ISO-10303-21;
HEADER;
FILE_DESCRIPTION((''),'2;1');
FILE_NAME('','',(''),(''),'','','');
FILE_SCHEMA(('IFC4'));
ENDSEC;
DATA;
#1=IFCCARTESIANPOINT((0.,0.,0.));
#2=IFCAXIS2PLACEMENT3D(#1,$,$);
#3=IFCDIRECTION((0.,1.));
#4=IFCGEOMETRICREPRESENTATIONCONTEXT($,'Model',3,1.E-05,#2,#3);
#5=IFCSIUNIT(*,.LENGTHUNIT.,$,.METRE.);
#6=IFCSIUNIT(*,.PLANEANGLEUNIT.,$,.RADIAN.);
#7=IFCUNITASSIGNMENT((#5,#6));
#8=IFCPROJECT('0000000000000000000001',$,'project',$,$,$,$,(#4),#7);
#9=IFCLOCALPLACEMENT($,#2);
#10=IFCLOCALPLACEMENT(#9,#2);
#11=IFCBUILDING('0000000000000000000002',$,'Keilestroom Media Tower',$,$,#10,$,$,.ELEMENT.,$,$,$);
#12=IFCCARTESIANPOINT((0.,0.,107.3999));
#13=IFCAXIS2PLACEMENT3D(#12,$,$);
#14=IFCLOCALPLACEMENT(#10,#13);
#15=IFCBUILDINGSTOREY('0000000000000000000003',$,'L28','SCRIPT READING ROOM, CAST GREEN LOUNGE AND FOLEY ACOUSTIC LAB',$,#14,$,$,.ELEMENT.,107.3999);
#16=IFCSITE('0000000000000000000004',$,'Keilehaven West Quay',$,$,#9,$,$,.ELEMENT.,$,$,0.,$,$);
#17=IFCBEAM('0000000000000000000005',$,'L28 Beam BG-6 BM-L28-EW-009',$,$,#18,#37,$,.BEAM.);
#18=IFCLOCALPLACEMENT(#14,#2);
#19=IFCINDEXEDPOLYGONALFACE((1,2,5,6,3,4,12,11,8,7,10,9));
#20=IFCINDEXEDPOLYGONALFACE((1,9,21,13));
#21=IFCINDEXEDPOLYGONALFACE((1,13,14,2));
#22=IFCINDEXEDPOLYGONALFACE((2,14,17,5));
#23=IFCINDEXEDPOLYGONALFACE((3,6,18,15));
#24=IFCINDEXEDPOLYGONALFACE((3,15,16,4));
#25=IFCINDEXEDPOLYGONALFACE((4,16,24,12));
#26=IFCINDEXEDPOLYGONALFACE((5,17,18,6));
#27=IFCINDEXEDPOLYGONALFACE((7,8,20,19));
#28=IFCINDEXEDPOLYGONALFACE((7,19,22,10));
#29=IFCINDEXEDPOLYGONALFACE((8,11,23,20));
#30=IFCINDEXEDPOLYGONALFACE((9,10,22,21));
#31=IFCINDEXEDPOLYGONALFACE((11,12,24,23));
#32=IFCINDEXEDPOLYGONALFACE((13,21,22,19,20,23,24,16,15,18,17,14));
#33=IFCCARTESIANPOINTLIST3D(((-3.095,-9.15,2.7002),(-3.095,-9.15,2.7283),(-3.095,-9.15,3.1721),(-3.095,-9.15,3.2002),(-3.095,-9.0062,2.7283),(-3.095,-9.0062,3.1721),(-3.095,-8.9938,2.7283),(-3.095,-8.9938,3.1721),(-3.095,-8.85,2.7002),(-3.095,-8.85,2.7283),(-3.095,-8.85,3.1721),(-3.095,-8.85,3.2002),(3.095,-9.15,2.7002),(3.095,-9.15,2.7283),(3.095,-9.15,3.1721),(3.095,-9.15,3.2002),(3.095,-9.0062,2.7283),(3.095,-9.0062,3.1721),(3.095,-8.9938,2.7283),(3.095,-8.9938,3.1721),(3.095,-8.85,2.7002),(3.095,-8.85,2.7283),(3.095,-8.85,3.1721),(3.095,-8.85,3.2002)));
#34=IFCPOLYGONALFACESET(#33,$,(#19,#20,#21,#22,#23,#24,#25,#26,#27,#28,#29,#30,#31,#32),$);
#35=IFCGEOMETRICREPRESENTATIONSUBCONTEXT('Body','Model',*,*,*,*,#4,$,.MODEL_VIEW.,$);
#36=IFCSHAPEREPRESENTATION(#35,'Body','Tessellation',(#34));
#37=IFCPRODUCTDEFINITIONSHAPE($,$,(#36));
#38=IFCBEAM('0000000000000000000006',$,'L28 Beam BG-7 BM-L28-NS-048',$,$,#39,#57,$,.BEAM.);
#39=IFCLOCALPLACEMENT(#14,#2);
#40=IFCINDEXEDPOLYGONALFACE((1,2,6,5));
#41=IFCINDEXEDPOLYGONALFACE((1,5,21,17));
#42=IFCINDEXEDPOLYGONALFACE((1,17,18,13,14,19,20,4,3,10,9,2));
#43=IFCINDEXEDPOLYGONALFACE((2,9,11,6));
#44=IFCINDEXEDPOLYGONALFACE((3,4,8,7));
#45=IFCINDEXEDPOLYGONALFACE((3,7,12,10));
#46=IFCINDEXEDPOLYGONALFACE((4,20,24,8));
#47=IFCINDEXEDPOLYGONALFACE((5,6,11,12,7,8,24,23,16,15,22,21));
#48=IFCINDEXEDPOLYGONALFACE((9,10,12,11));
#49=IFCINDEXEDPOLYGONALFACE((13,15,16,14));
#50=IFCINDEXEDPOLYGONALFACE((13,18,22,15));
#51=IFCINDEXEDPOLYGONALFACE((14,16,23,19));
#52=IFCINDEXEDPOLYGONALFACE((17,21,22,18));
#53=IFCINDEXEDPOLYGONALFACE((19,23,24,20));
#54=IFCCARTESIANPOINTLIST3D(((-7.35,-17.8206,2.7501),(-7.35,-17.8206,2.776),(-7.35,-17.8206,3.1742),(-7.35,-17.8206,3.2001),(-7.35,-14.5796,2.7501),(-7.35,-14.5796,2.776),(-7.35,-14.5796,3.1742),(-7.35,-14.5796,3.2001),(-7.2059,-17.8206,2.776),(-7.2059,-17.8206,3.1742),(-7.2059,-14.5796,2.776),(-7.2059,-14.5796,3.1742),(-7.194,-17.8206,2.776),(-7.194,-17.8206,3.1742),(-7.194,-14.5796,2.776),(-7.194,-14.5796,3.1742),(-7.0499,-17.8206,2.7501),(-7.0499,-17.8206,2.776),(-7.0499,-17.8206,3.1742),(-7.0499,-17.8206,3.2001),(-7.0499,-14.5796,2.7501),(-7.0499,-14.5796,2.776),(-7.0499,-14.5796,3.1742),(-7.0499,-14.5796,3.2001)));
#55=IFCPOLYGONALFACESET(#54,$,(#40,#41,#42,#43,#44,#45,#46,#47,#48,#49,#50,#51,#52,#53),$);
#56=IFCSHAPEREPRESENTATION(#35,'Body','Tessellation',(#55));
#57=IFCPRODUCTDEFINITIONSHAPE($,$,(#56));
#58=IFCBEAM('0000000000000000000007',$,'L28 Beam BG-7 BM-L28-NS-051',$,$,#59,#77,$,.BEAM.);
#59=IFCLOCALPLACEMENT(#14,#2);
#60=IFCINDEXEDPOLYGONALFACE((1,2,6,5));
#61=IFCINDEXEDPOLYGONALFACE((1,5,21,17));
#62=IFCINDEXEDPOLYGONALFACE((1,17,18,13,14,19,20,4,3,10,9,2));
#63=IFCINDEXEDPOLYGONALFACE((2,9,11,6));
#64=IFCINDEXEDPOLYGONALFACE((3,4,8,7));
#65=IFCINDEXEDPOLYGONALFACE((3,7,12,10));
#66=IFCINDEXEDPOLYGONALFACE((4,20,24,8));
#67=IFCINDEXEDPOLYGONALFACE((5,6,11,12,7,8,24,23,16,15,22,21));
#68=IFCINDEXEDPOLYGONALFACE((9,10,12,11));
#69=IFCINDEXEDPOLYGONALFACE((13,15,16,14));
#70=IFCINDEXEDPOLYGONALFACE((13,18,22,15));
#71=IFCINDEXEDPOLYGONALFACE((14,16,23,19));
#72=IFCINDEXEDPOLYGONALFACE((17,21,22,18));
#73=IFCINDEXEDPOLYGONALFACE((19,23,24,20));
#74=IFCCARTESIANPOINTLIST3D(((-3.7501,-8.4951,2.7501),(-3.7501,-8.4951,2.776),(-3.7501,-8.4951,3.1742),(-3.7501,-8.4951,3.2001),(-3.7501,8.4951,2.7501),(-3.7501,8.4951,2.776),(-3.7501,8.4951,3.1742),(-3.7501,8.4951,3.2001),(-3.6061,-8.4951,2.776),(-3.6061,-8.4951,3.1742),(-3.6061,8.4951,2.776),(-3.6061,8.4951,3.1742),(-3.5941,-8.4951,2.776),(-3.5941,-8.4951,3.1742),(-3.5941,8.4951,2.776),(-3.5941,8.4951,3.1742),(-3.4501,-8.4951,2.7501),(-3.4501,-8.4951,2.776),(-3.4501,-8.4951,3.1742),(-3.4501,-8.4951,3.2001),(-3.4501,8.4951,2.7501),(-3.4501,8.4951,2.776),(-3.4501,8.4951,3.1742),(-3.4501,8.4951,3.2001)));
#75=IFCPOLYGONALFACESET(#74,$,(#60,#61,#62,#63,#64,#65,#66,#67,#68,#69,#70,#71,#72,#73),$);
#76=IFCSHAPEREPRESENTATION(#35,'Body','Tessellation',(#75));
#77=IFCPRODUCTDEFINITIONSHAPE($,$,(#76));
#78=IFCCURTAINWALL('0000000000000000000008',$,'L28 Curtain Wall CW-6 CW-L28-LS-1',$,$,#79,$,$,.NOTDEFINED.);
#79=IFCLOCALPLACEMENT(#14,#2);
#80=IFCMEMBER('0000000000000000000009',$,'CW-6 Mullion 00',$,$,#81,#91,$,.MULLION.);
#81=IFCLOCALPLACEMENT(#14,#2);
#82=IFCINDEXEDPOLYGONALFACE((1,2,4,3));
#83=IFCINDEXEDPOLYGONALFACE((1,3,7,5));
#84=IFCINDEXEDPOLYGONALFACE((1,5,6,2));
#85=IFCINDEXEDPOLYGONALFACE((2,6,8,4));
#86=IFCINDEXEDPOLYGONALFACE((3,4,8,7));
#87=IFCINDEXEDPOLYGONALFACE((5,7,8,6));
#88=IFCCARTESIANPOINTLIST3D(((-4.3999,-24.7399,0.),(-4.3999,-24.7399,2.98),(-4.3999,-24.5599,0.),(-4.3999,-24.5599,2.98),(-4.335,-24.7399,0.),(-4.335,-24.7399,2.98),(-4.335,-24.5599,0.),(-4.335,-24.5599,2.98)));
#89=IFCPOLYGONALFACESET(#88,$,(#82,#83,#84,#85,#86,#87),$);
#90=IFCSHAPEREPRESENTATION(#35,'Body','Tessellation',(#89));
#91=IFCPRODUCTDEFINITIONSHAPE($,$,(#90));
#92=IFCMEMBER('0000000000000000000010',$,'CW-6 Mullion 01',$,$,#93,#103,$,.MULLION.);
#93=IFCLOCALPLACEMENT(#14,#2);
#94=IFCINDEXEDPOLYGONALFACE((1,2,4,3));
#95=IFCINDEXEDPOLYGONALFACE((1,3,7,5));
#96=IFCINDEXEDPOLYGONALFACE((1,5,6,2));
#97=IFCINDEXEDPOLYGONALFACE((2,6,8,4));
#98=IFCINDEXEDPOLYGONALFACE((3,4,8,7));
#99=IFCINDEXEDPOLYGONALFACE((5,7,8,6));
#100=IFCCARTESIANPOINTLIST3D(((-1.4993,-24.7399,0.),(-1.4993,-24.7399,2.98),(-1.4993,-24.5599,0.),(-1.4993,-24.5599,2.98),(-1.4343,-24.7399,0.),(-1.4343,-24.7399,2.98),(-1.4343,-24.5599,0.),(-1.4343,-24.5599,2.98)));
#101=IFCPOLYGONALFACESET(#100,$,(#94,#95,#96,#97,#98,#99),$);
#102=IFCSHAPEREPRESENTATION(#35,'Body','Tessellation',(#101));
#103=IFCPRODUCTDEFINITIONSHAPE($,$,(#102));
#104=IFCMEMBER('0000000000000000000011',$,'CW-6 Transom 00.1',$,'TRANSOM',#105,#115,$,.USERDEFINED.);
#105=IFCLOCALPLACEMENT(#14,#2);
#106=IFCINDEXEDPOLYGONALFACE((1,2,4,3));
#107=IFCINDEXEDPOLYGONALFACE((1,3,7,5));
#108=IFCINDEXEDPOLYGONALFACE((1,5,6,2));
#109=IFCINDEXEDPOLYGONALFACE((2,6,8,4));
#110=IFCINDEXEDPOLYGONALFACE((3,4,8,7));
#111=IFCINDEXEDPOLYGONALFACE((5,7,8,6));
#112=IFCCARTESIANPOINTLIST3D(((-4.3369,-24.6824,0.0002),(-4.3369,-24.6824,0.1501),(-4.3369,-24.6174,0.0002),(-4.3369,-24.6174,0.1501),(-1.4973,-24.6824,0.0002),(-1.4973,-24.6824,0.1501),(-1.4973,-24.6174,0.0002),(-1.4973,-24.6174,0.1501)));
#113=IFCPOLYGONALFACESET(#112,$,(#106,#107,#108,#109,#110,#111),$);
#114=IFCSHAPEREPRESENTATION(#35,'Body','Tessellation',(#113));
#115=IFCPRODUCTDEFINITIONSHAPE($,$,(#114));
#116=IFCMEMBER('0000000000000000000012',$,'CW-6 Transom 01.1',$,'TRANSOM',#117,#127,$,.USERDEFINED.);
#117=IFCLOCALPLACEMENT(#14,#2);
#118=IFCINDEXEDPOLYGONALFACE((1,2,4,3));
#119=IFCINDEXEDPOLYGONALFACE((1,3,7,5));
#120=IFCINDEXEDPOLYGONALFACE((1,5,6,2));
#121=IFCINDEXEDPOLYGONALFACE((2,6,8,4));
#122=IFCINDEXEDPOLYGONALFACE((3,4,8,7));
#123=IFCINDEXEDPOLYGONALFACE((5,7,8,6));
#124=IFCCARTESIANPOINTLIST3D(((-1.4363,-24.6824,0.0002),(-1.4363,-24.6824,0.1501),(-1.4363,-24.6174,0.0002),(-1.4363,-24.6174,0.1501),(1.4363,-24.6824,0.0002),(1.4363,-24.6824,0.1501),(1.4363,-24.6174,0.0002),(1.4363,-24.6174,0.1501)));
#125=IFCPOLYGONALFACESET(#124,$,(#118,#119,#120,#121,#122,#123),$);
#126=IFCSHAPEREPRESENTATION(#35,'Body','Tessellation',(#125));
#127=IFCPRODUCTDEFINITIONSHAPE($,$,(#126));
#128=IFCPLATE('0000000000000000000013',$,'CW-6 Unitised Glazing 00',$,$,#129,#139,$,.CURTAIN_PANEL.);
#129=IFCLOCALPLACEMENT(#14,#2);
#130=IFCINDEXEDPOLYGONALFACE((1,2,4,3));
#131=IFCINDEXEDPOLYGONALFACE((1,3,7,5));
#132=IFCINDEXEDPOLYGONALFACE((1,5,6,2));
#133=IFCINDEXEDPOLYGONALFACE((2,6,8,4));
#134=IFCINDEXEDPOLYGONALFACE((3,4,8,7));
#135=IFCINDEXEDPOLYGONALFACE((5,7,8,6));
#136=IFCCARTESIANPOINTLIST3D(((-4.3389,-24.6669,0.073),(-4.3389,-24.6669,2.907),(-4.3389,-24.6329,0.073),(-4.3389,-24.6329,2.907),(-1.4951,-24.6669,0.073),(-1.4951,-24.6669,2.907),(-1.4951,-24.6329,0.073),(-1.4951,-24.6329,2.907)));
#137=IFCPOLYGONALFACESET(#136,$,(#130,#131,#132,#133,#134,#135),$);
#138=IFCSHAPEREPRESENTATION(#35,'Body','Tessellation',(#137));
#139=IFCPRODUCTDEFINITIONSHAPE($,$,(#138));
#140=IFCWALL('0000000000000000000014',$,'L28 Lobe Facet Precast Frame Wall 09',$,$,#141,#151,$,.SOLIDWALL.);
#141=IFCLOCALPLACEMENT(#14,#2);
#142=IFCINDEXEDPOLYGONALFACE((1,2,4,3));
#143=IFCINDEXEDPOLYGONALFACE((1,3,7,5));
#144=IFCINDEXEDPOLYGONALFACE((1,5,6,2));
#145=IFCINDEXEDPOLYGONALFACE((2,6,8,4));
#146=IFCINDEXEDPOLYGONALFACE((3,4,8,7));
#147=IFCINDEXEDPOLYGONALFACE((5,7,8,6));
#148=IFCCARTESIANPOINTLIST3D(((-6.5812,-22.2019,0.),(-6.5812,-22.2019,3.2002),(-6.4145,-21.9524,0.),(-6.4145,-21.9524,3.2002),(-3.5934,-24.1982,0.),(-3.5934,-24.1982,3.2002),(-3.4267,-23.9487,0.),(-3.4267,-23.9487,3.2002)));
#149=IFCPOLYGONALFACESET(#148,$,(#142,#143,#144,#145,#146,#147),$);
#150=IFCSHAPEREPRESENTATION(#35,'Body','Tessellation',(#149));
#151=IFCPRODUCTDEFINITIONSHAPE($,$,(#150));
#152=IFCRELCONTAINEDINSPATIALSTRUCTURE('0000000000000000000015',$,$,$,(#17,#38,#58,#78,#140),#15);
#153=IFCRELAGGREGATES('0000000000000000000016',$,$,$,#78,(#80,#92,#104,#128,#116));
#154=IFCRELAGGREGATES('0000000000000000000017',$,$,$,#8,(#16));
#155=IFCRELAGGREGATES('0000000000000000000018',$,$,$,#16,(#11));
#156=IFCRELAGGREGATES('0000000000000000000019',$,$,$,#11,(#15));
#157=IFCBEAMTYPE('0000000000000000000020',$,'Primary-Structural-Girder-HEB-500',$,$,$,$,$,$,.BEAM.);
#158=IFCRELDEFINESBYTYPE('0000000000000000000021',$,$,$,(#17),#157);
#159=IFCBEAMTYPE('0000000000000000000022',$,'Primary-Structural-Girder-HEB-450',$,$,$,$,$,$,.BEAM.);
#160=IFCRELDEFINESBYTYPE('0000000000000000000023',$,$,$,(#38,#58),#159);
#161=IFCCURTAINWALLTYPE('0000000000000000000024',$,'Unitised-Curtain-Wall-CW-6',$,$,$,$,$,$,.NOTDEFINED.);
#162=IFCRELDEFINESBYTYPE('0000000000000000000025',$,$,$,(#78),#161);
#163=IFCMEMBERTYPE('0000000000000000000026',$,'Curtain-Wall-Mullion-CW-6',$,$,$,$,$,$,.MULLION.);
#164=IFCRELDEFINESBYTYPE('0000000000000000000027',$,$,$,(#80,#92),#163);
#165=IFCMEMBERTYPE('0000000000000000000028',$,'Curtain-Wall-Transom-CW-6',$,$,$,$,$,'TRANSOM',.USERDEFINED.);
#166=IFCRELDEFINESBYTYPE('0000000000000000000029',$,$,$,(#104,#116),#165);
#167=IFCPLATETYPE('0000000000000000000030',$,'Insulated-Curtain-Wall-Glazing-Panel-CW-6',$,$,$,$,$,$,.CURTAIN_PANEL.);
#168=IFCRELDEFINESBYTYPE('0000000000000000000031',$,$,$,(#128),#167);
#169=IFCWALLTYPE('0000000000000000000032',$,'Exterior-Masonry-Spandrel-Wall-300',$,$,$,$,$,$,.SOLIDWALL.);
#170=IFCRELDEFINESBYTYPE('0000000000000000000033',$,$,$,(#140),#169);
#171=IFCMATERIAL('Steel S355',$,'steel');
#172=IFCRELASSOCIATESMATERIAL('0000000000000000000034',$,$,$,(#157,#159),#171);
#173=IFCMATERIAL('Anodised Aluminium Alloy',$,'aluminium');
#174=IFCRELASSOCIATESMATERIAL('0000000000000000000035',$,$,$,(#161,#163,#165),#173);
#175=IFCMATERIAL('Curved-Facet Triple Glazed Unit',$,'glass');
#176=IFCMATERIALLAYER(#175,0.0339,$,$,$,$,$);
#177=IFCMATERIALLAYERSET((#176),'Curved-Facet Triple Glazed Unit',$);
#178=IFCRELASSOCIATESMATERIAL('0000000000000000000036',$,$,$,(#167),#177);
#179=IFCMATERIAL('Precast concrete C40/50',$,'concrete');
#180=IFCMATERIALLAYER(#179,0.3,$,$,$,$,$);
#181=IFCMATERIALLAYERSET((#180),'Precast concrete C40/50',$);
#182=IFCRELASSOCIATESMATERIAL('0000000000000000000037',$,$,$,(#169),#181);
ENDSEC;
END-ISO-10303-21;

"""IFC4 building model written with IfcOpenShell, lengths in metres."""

from ifc_helpers import new_model, si_unit, direction, frame, frame_2d, origin, origin_2d, place, context, subcontext, project, spatial, rectangle, i_section, extrude, source, transform, mapped, material, layer, layer_set, material_profile, profile_set, type_object, element, aggregate, save


model = new_model("IFC4")

# Units and contexts
model_context = context("Model", 3, precision=1e-05, world=origin(), true_north=direction((0.0, 1.0)))
body_context = subcontext(model_context, "Body", "Model", "MODEL_VIEW")
ifc_project = project(units=[si_unit("LENGTHUNIT", "METRE"), si_unit("PLANEANGLEUNIT", "RADIAN")], contexts=[model_context])

# Site, building, storey
site_placement = place(None, origin())
site = spatial("IfcSite", under=ifc_project, at=site_placement, Name="Keilehaven West Quay", CompositionType="ELEMENT", RefElevation=0.0)
building_placement = place(site_placement, origin())
building = spatial("IfcBuilding", under=site, at=building_placement, Name="Keilestroom Media Tower", CompositionType="ELEMENT")
storey_placement = place(building_placement, frame((0.0, 0.0, 107.3999)))
storey = spatial("IfcBuildingStorey", under=building, at=storey_placement, Name="L28", Description="SCRIPT READING ROOM, CAST GREEN LOUNGE AND FOLEY ACOUSTIC LAB", CompositionType="ELEMENT", Elevation=107.3999)

# Shared definitions
ifc_material_1 = material(Name="Steel S355", Category="steel")

# Beams
ifc_material_profile_1 = material_profile(ifc_material_1, i_section(OverallWidth=0.3, OverallDepth=0.5, WebThickness=0.0125, FlangeThickness=0.0281, at=origin_2d()), Name="HEB 500")
ifc_profile_set_1 = profile_set([ifc_material_profile_1], Name="Steel S355")
beam_type_1 = type_object("IfcBeamType", Name="Primary-Structural-Girder-HEB-500", PredefinedType="BEAM", material=ifc_profile_set_1)
shared_shape_1 = source(origin(), body_context, "Body", "SweptSolid", [
    extrude(i_section(OverallWidth=0.3, OverallDepth=0.5, WebThickness=0.0125, FlangeThickness=0.0281, at=origin_2d()), origin(), (0.0, 0.0, 1.0), 6.1899),
])
beam_1_placement = place(storey_placement, frame((-3.095, -9.0, 2.9502), z_axis=(1.0, 0.0, 0.0), x_axis=(0.0, 1.0, 0.0)))
element("IfcBeam", 1, at=beam_1_placement, inside=storey, type_object=beam_type_1, Name="L28 Beam BG-6 BM-L28-EW-009", PredefinedType="BEAM", context=body_context, shape_type="MappedRepresentation", body=[
    mapped(shared_shape_1, transform((0.0, 0.0, 0.0), x_axis=(1.0, 0.0, 0.0), y_axis=(0.0, 1.0, 0.0), z_axis=(0.0, 0.0, 1.0), scale=1.0)),
])
ifc_material_profile_2 = material_profile(ifc_material_1, i_section(OverallWidth=0.3, OverallDepth=0.45, WebThickness=0.012, FlangeThickness=0.0259, at=origin_2d()), Name="HEB 450")
ifc_profile_set_2 = profile_set([ifc_material_profile_2], Name="Steel S355")
beam_type_2 = type_object("IfcBeamType", Name="Primary-Structural-Girder-HEB-450", PredefinedType="BEAM", material=ifc_profile_set_2)
shared_shape_2 = source(origin(), body_context, "Body", "SweptSolid", [
    extrude(i_section(OverallWidth=0.3, OverallDepth=0.45, WebThickness=0.012, FlangeThickness=0.0259, at=origin_2d()), origin(), (0.0, 0.0, 1.0), 3.241),
])
beam_2_placement = place(storey_placement, frame((-7.2, -17.8206, 2.9751), z_axis=(0.0, 1.0, 0.0), x_axis=(-1.0, 0.0, 0.0)))
element("IfcBeam", 2, at=beam_2_placement, inside=storey, type_object=beam_type_2, Name="L28 Beam BG-7 BM-L28-NS-048", PredefinedType="BEAM", context=body_context, shape_type="MappedRepresentation", body=[
    mapped(shared_shape_2, transform((0.0, 0.0, 0.0), x_axis=(1.0, 0.0, 0.0), y_axis=(0.0, 1.0, 0.0), z_axis=(0.0, 0.0, 1.0), scale=1.0)),
])
shared_shape_3 = source(origin(), body_context, "Body", "SweptSolid", [
    extrude(i_section(OverallWidth=0.3, OverallDepth=0.45, WebThickness=0.012, FlangeThickness=0.0259, at=origin_2d()), origin(), (0.0, 0.0, 1.0), 16.9902),
])
beam_3_placement = place(storey_placement, frame((-3.6001, -8.4951, 2.9751), z_axis=(0.0, 1.0, 0.0), x_axis=(-1.0, 0.0, 0.0)))
element("IfcBeam", 3, at=beam_3_placement, inside=storey, type_object=beam_type_2, Name="L28 Beam BG-7 BM-L28-NS-051", PredefinedType="BEAM", context=body_context, shape_type="MappedRepresentation", body=[
    mapped(shared_shape_3, transform((0.0, 0.0, 0.0), x_axis=(1.0, 0.0, 0.0), y_axis=(0.0, 1.0, 0.0), z_axis=(0.0, 0.0, 1.0), scale=1.0)),
])

# Curtain wall, members, plate
ifc_material_2 = material(Name="Anodised Aluminium Alloy", Category="aluminium")
curtain_wall_type = type_object("IfcCurtainWallType", Name="Unitised-Curtain-Wall-CW-6", PredefinedType="NOTDEFINED", material=ifc_material_2)
curtain_wall_placement = place(storey_placement, origin())
curtain_wall = element("IfcCurtainWall", 4, at=curtain_wall_placement, inside=storey, type_object=curtain_wall_type, Name="L28 Curtain Wall CW-6 CW-L28-LS-1", PredefinedType="NOTDEFINED")
ifc_material_profile_3 = material_profile(ifc_material_2, rectangle(XDim=0.0649, YDim=0.1799, at=origin_2d()), Name="ALU MULLION 65x180")
ifc_profile_set_3 = profile_set([ifc_material_profile_3], Name="Anodised Aluminium Alloy")
member_type_1 = type_object("IfcMemberType", Name="Curtain-Wall-Mullion-CW-6", PredefinedType="MULLION", material=ifc_profile_set_3)
shared_shape_4 = source(origin(), body_context, "Body", "SweptSolid", [
    extrude(rectangle(XDim=0.0649, YDim=0.1799, at=origin_2d()), origin(), (0.0, 0.0, 1.0), 2.98),
])
member_1_placement = place(storey_placement, frame((-4.3674, -24.6499, 0.0), z_axis=(0.0, 0.0, 1.0), x_axis=(1.0, 0.0, 0.0)))
member_1 = element("IfcMember", 5, at=member_1_placement, type_object=member_type_1, Name="CW-6 Mullion 00", PredefinedType="MULLION", context=body_context, shape_type="MappedRepresentation", body=[
    mapped(shared_shape_4, transform((0.0, 0.0, 0.0), x_axis=(1.0, 0.0, 0.0), y_axis=(0.0, 1.0, 0.0), z_axis=(0.0, 0.0, 1.0), scale=1.0)),
])
member_2_placement = place(storey_placement, frame((-1.4668, -24.6499, 0.0), z_axis=(0.0, 0.0, 1.0), x_axis=(1.0, 0.0, 0.0)))
member_2 = element("IfcMember", 6, at=member_2_placement, type_object=member_type_1, Name="CW-6 Mullion 01", PredefinedType="MULLION", context=body_context, shape_type="MappedRepresentation", body=[
    mapped(shared_shape_4, transform((0.0, 0.0, 0.0), x_axis=(1.0, 0.0, 0.0), y_axis=(0.0, 1.0, 0.0), z_axis=(0.0, 0.0, 1.0), scale=1.0)),
])
ifc_material_profile_4 = material_profile(ifc_material_2, rectangle(XDim=0.0649, YDim=0.1499, at=origin_2d()), Name="ALU TRANSOM 65x150")
ifc_profile_set_4 = profile_set([ifc_material_profile_4], Name="Anodised Aluminium Alloy")
member_type_2 = type_object("IfcMemberType", Name="Curtain-Wall-Transom-CW-6", ElementType="TRANSOM", PredefinedType="USERDEFINED", material=ifc_profile_set_4)
shared_shape_5 = source(origin(), body_context, "Body", "SweptSolid", [
    extrude(rectangle(XDim=0.0649, YDim=0.1499, at=origin_2d()), origin(), (0.0, 0.0, 1.0), 2.8396),
])
member_3_placement = place(storey_placement, frame((-4.3369, -24.6499, 0.0752), z_axis=(1.0, 0.0, 0.0), x_axis=(0.0, 1.0, 0.0)))
member_3 = element("IfcMember", 7, at=member_3_placement, type_object=member_type_2, Name="CW-6 Transom 00.1", ObjectType="TRANSOM", PredefinedType="USERDEFINED", context=body_context, shape_type="MappedRepresentation", body=[
    mapped(shared_shape_5, transform((0.0, 0.0, 0.0), x_axis=(1.0, 0.0, 0.0), y_axis=(0.0, 1.0, 0.0), z_axis=(0.0, 0.0, 1.0), scale=1.0)),
])
shared_shape_6 = source(origin(), body_context, "Body", "SweptSolid", [
    extrude(rectangle(XDim=0.0649, YDim=0.1499, at=origin_2d()), origin(), (0.0, 0.0, 1.0), 2.8726),
])
member_4_placement = place(storey_placement, frame((-1.4363, -24.6499, 0.0752), z_axis=(1.0, 0.0, 0.0), x_axis=(0.0, 1.0, 0.0)))
member_4 = element("IfcMember", 8, at=member_4_placement, type_object=member_type_2, Name="CW-6 Transom 01.1", ObjectType="TRANSOM", PredefinedType="USERDEFINED", context=body_context, shape_type="MappedRepresentation", body=[
    mapped(shared_shape_6, transform((0.0, 0.0, 0.0), x_axis=(1.0, 0.0, 0.0), y_axis=(0.0, 1.0, 0.0), z_axis=(0.0, 0.0, 1.0), scale=1.0)),
])
ifc_material_3 = material(Name="Curved-Facet Triple Glazed Unit", Category="glass")
ifc_layer_1 = layer(ifc_material_3, 0.0339)
ifc_layer_set_1 = layer_set([ifc_layer_1], Name="Curved-Facet Triple Glazed Unit")
plate_type = type_object("IfcPlateType", Name="Insulated-Curtain-Wall-Glazing-Panel-CW-6", PredefinedType="CURTAIN_PANEL", material=ifc_layer_set_1)
shared_shape_7 = source(origin(), body_context, "Body", "SweptSolid", [
    extrude(rectangle(XDim=2.8438, YDim=0.0339, at=origin_2d()), origin(), (0.0, 0.0, 1.0), 2.834),
])
plate_placement = place(storey_placement, frame((-2.917, -24.6499, 0.073), z_axis=(0.0, 0.0, 1.0), x_axis=(1.0, 0.0, 0.0)))
plate = element("IfcPlate", 9, at=plate_placement, type_object=plate_type, Name="CW-6 Unitised Glazing 00", PredefinedType="CURTAIN_PANEL", context=body_context, shape_type="MappedRepresentation", body=[
    mapped(shared_shape_7, transform((0.0, 0.0, 0.0), x_axis=(1.0, 0.0, 0.0), y_axis=(0.0, 1.0, 0.0), z_axis=(0.0, 0.0, 1.0), scale=1.0)),
])
aggregate(curtain_wall, [member_1, member_2, member_3, plate, member_4])

# Wall
ifc_material_4 = material(Name="Precast concrete C40/50", Category="concrete")
ifc_layer_2 = layer(ifc_material_4, 0.3)
ifc_layer_set_2 = layer_set([ifc_layer_2], Name="Precast concrete C40/50")
wall_type_1 = type_object("IfcWallType", Name="Exterior-Masonry-Spandrel-Wall-300", PredefinedType="SOLIDWALL", material=ifc_layer_set_2)
wall_1_placement = place(storey_placement, frame((-6.4978, -22.0771, 0.0), z_axis=(0.0, 0.0, 1.0), x_axis=(0.831475, -0.555562, 0.0)))
element("IfcWall", 10, at=wall_1_placement, inside=storey, type_object=wall_type_1, Name="L28 Lobe Facet Precast Frame Wall 09", PredefinedType="SOLIDWALL", context=body_context, shape_type="SweptSolid", body=[
    extrude(rectangle(XDim=3.5933, YDim=0.3, at=frame_2d((1.7966, 0.0))), origin(), (0.0, 0.0, 1.0), 3.2002),
])

save(model, "model.ifc")
